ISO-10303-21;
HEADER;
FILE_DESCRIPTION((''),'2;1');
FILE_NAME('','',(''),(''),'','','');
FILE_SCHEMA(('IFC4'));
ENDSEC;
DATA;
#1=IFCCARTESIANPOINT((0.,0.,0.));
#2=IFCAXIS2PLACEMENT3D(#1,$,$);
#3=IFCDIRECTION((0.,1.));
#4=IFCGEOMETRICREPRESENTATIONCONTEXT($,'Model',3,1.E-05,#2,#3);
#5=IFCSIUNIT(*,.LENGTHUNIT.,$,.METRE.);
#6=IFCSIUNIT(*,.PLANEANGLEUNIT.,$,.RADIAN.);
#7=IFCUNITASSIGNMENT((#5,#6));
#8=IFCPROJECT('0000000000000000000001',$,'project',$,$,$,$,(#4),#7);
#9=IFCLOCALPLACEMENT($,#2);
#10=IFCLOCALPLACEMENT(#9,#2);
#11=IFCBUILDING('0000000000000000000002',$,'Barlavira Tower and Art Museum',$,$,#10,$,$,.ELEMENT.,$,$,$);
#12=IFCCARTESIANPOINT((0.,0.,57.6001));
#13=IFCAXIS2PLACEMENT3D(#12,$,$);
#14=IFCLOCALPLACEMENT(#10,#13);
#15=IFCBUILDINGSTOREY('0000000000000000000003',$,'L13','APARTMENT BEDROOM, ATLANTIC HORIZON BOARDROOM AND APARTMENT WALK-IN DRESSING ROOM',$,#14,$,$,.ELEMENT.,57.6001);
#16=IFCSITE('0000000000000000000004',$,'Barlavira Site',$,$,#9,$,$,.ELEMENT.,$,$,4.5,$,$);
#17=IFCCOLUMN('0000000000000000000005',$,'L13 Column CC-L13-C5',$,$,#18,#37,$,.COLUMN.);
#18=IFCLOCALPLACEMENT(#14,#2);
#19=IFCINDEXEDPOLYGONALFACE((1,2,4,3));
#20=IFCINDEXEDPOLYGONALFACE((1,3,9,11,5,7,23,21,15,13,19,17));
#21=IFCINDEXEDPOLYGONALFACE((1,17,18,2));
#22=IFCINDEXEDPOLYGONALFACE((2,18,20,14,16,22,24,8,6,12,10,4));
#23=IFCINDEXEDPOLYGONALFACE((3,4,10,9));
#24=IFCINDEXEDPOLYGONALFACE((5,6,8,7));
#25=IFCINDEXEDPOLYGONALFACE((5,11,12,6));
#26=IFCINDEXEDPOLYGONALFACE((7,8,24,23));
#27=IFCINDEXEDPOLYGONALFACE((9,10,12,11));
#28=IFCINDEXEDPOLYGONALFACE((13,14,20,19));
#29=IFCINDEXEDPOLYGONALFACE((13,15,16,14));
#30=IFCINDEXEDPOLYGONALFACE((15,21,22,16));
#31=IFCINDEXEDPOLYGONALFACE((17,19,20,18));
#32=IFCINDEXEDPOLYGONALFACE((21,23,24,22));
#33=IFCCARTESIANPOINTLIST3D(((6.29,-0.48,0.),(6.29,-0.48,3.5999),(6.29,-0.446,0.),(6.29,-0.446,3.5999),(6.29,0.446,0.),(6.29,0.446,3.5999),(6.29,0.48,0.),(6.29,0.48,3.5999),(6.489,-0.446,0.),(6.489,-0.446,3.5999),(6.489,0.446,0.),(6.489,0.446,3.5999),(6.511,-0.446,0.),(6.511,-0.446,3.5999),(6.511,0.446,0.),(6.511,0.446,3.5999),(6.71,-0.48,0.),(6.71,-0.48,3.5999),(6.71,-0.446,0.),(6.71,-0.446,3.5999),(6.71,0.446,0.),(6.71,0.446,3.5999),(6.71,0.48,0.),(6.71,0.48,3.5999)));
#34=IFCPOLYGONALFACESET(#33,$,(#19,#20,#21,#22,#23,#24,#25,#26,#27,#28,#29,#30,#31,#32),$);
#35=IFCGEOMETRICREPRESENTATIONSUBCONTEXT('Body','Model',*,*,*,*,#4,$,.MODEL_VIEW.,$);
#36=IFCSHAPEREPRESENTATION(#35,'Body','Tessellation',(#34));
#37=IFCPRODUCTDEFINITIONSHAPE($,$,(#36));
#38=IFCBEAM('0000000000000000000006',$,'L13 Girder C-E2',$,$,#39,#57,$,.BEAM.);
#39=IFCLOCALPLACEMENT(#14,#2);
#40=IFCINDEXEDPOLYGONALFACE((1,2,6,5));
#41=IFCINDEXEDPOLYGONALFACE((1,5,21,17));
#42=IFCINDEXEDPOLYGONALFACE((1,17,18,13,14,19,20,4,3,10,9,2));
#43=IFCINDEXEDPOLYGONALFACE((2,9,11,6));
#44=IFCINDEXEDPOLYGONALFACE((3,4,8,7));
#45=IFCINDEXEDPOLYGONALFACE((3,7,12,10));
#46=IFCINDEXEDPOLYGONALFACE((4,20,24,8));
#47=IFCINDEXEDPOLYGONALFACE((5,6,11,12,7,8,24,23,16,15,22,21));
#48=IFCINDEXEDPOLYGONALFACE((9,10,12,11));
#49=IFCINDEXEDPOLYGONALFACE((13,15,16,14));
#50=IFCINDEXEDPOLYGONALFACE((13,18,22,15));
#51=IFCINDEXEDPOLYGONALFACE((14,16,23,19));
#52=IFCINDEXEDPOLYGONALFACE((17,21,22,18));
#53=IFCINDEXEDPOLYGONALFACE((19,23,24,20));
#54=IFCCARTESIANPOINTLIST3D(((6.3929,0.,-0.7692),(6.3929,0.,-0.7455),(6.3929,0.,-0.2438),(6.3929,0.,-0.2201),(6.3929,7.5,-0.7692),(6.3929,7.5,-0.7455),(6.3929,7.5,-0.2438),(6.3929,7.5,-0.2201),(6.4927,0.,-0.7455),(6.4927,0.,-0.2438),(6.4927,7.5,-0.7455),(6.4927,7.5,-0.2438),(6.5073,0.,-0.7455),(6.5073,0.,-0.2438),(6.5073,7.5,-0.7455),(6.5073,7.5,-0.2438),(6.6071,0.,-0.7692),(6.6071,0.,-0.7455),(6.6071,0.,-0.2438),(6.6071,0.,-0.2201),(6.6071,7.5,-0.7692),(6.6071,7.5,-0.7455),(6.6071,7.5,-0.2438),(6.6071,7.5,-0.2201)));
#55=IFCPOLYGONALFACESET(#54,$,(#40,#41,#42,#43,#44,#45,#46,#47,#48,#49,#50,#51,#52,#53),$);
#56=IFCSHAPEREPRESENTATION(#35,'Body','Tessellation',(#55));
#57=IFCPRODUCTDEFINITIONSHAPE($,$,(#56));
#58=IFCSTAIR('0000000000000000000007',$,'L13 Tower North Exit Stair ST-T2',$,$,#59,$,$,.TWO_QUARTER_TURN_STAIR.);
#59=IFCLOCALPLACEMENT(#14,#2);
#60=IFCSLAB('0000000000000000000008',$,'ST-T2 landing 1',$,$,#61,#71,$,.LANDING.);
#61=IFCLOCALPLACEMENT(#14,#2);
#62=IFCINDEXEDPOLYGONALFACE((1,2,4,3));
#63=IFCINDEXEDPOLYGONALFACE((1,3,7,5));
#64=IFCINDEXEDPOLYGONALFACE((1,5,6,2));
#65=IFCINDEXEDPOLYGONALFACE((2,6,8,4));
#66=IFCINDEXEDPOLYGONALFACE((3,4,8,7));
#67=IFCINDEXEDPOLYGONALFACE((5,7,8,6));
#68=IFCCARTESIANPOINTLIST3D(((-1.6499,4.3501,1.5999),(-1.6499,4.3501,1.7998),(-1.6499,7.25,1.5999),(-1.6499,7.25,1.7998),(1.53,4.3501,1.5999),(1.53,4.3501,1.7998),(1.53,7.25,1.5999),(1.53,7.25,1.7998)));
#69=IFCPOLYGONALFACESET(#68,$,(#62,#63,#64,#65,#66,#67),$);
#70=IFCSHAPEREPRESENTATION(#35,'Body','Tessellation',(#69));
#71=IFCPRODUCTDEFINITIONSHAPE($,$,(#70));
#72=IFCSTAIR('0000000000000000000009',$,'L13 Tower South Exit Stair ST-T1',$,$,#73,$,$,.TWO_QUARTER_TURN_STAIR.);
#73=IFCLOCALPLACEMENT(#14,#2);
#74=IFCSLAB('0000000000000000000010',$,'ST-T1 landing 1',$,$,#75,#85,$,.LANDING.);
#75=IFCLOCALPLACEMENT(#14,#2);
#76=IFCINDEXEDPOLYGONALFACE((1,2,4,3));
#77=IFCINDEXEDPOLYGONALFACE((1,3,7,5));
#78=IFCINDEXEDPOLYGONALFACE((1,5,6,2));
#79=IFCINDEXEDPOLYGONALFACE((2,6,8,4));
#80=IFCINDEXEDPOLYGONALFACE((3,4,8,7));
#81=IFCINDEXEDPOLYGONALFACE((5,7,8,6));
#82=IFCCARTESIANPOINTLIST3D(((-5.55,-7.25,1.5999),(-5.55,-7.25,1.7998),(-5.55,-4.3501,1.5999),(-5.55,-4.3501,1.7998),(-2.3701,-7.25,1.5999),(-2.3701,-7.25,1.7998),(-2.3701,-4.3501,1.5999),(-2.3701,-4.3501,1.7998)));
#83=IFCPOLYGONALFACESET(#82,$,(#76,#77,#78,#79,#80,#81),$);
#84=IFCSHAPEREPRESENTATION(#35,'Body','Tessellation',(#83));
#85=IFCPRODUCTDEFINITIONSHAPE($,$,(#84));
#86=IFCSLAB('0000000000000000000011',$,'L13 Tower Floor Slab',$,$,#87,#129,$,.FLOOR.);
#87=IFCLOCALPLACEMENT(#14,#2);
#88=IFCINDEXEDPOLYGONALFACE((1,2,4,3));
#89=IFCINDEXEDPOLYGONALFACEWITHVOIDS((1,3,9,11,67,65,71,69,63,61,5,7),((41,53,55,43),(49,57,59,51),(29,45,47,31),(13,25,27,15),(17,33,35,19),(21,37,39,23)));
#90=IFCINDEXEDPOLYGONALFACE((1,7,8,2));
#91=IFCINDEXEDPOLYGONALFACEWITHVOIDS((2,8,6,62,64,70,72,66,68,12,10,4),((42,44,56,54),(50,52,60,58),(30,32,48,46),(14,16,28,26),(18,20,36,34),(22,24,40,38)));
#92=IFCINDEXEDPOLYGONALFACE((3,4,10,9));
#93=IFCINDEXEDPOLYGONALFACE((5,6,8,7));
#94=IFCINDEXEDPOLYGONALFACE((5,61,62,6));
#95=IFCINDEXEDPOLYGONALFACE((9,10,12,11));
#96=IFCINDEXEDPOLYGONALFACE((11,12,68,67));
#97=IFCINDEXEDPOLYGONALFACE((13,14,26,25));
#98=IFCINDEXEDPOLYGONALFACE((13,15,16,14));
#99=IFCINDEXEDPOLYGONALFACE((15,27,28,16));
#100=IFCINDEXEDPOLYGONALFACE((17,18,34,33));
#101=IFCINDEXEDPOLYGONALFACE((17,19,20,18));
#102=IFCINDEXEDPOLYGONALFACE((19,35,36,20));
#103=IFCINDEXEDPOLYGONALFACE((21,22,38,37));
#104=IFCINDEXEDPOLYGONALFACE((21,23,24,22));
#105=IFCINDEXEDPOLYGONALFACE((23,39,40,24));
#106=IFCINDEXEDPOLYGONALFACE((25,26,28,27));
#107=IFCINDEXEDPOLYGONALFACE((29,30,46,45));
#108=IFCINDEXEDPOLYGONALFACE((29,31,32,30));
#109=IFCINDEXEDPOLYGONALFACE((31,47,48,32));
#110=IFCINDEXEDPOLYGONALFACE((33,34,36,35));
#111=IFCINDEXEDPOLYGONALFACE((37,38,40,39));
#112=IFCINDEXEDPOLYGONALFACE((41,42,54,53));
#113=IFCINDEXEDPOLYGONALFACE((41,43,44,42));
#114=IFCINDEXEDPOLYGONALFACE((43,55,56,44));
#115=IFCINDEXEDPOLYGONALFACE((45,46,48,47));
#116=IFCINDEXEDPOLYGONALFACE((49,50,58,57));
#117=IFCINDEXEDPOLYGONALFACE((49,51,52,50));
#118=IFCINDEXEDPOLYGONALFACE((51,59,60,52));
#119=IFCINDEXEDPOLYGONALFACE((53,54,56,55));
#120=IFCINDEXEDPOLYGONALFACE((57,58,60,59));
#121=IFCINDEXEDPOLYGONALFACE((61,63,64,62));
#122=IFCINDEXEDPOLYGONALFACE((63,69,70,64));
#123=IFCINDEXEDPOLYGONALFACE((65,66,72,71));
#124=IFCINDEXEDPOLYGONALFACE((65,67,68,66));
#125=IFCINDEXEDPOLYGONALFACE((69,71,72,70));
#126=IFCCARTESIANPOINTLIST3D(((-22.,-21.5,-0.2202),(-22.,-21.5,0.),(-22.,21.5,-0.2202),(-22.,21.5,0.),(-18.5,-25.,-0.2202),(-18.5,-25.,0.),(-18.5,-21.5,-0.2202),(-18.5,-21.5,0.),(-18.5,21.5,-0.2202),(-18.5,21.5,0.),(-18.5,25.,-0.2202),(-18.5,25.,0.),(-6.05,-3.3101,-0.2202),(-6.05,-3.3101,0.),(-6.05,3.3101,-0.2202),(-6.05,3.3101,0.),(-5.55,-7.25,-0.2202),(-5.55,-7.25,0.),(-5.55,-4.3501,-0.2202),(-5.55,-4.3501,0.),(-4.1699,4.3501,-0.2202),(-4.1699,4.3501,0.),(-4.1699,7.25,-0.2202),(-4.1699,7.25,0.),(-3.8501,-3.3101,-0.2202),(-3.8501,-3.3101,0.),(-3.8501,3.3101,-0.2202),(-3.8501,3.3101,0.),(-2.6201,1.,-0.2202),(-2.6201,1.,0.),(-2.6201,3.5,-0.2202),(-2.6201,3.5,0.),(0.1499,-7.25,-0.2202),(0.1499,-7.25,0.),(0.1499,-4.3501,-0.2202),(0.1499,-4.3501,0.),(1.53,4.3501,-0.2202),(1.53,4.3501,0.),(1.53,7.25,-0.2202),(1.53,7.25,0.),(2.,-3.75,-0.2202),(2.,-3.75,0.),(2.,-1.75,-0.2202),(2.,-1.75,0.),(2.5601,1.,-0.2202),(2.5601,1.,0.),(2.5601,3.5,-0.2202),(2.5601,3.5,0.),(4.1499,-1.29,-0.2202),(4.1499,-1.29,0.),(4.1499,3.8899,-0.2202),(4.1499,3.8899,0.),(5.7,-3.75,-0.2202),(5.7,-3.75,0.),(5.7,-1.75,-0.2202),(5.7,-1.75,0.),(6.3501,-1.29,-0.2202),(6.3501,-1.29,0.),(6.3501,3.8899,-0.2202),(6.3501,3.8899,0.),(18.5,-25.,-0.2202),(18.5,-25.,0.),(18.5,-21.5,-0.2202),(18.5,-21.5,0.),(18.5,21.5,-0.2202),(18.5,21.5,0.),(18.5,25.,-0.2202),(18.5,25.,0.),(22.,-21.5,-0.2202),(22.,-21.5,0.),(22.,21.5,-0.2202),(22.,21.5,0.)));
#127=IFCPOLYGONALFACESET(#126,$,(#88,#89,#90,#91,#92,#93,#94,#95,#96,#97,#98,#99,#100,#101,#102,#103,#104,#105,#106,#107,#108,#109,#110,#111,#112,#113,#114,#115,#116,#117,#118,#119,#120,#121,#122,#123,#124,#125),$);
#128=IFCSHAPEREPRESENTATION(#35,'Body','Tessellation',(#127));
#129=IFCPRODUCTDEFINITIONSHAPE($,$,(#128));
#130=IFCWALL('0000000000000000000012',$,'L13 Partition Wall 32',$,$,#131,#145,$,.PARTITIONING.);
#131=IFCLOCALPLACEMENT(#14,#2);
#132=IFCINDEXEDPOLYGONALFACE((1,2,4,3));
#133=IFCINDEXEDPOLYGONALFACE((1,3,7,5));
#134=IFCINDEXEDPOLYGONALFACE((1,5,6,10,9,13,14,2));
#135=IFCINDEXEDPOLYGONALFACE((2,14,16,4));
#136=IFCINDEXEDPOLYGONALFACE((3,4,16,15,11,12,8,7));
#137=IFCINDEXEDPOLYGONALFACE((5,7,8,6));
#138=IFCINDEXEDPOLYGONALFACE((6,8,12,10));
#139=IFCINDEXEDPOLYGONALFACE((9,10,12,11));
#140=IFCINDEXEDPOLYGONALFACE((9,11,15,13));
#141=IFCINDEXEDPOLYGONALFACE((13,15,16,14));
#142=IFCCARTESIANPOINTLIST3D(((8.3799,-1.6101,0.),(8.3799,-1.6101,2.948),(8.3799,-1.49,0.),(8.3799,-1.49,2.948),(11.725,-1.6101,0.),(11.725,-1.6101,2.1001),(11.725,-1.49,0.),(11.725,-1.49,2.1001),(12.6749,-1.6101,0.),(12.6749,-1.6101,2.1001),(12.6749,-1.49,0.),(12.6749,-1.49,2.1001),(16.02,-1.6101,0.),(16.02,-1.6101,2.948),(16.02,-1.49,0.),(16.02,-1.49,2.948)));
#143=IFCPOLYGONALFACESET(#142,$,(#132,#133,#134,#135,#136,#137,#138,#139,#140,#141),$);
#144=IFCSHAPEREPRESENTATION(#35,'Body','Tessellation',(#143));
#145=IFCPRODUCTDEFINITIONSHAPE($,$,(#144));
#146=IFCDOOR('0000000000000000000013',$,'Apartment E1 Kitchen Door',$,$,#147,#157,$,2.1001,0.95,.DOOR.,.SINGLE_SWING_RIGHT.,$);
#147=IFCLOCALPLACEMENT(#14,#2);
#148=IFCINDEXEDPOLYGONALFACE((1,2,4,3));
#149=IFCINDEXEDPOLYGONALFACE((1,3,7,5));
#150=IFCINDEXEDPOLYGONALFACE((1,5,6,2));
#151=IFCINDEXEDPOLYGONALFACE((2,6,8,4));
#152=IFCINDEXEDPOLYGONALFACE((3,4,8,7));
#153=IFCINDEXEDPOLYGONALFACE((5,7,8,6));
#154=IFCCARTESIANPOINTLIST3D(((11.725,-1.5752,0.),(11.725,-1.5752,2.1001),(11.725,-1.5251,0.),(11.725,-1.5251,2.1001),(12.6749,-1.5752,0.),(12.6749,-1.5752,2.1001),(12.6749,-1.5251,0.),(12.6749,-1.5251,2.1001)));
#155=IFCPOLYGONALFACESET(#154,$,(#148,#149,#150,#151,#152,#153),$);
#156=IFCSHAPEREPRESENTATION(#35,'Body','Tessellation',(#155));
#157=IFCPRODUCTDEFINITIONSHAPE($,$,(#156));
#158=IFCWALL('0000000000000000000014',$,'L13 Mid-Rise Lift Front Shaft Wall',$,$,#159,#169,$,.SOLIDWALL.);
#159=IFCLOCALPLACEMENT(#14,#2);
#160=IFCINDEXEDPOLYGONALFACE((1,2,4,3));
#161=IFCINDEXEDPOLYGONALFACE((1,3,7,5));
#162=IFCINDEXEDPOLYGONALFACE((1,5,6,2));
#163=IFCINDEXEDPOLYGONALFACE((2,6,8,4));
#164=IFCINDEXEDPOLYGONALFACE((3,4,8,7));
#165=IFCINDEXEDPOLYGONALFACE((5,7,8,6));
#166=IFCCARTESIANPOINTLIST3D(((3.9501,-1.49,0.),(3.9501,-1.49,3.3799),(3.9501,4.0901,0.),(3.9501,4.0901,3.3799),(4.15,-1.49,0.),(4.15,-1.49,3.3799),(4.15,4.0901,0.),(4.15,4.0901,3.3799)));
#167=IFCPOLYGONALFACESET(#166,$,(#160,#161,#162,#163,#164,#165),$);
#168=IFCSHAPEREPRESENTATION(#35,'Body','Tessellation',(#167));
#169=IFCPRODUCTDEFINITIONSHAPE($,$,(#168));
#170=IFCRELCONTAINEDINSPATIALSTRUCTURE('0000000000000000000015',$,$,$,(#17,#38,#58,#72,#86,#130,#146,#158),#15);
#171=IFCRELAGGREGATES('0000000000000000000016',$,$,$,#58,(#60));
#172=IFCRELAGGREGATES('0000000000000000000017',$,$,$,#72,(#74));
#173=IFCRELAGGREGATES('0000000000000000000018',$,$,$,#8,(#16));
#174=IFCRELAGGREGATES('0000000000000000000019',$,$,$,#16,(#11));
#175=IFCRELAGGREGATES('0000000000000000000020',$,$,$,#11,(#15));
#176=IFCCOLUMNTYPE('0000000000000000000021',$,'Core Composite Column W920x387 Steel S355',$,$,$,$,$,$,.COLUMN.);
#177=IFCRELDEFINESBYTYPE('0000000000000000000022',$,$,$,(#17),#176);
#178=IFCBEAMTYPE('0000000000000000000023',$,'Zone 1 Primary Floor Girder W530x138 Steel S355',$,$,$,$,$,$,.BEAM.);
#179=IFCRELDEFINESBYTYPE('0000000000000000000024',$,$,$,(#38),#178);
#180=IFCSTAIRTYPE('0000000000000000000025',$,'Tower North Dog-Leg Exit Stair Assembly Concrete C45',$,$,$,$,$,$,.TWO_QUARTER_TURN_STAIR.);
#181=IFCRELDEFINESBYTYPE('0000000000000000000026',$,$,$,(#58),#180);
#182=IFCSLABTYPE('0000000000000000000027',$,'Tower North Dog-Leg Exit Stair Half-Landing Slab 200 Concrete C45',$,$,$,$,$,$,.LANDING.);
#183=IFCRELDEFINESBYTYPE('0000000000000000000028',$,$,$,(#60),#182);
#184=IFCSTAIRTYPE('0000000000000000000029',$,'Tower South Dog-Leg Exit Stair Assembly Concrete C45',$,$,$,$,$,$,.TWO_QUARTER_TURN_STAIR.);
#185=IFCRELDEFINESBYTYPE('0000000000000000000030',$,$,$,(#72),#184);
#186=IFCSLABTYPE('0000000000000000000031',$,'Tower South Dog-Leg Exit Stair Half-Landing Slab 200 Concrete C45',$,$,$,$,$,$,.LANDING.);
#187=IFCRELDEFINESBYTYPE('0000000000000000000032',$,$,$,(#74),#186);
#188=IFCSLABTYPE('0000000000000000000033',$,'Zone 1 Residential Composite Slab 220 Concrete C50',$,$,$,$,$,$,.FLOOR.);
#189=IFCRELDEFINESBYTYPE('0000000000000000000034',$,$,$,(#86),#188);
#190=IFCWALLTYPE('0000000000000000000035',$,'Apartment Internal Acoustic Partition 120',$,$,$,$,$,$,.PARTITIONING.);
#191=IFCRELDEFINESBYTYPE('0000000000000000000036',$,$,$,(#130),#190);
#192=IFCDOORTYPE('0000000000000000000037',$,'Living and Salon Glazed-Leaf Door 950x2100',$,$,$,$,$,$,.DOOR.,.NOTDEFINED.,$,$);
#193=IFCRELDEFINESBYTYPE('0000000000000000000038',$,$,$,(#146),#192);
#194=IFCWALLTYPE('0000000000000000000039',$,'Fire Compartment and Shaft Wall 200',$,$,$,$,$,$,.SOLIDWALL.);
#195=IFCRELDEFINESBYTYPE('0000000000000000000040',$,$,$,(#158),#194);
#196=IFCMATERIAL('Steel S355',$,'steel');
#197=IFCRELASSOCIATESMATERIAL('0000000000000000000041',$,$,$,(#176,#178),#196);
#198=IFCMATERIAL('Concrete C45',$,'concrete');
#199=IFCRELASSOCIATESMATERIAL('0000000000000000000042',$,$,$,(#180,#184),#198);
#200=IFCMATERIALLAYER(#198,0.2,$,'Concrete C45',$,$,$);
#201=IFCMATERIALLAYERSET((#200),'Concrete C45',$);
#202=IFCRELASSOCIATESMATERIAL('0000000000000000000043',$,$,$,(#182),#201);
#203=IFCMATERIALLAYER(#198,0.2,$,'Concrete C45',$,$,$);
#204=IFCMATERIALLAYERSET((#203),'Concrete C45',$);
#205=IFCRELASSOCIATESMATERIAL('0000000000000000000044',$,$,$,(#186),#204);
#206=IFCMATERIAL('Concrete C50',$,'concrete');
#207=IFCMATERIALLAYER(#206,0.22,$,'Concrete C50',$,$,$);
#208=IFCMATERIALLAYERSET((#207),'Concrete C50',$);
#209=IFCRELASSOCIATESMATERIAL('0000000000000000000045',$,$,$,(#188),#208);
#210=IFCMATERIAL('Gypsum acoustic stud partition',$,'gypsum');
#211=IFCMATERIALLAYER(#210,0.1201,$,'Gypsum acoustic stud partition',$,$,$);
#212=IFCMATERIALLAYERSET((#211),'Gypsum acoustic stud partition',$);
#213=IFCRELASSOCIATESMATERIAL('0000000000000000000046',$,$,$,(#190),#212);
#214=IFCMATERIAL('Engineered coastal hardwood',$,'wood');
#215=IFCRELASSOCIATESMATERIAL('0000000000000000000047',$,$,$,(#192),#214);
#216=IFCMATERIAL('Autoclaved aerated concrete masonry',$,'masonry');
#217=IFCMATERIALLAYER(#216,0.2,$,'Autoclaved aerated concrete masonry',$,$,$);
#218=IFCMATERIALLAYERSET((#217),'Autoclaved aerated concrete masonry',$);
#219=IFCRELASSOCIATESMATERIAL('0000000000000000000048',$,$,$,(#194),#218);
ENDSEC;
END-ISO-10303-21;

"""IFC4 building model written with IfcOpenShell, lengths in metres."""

from ifc_helpers import new_model, si_unit, direction, frame, frame_2d, origin, origin_2d, place, context, subcontext, project, spatial, polyline, rectangle, i_section, outline, extrude, material, layer, layer_set, material_profile, profile_set, type_object, element, fill, aggregate, save


model = new_model("IFC4")

# Units and contexts
model_context = context("Model", 3, precision=1e-05, world=origin(), true_north=direction((0.0, 1.0)))
body_context = subcontext(model_context, "Body", "Model", "MODEL_VIEW")
ifc_project = project(units=[si_unit("LENGTHUNIT", "METRE"), si_unit("PLANEANGLEUNIT", "RADIAN")], contexts=[model_context])

# Site, building, storey
site_placement = place(None, origin())
site = spatial("IfcSite", under=ifc_project, at=site_placement, Name="Barlavira Site", CompositionType="ELEMENT", RefElevation=4.5)
building_placement = place(site_placement, origin())
building = spatial("IfcBuilding", under=site, at=building_placement, Name="Barlavira Tower and Art Museum", CompositionType="ELEMENT")
storey_placement = place(building_placement, frame((0.0, 0.0, 57.6001)))
storey = spatial("IfcBuildingStorey", under=building, at=storey_placement, Name="L13", Description="APARTMENT BEDROOM, ATLANTIC HORIZON BOARDROOM AND APARTMENT WALK-IN DRESSING ROOM", CompositionType="ELEMENT", Elevation=57.6001)

# Column
ifc_material_1 = material(Name="Steel S355", Category="steel")
ifc_material_profile_1 = material_profile(ifc_material_1, i_section(OverallWidth=0.4199, OverallDepth=0.96, WebThickness=0.022, FlangeThickness=0.0339, at=origin_2d()), Name="W920x387.0")
ifc_profile_set_1 = profile_set([ifc_material_profile_1], Name="Steel S355")
column_type = type_object("IfcColumnType", Name="Core Composite Column W920x387 Steel S355", PredefinedType="COLUMN", material=ifc_profile_set_1)
column_placement = place(storey_placement, frame((6.5, 0.0, 0.0), z_axis=(0.0, 0.0, 1.0), x_axis=(1.0, 0.0, 0.0)))
element("IfcColumn", 1, at=column_placement, inside=storey, type_object=column_type, Name="L13 Column CC-L13-C5", PredefinedType="COLUMN", context=body_context, shape_type="SweptSolid", body=[
    extrude(i_section(OverallWidth=0.4199, OverallDepth=0.96, WebThickness=0.022, FlangeThickness=0.0339, at=origin_2d()), origin(), (0.0, 0.0, 1.0), 3.5999),
])

# Beam
ifc_material_profile_2 = material_profile(ifc_material_1, i_section(OverallWidth=0.2141, OverallDepth=0.5491, WebThickness=0.0146, FlangeThickness=0.0237, at=origin_2d()), Name="W530x138.0")
ifc_profile_set_2 = profile_set([ifc_material_profile_2], Name="Steel S355")
beam_type = type_object("IfcBeamType", Name="Zone 1 Primary Floor Girder W530x138 Steel S355", PredefinedType="BEAM", material=ifc_profile_set_2)
beam_placement = place(storey_placement, frame((6.5, 0.0, -0.4946), z_axis=(0.0, 1.0, 0.0), x_axis=(-1.0, 0.0, 0.0)))
element("IfcBeam", 2, at=beam_placement, inside=storey, type_object=beam_type, Name="L13 Girder C-E2", PredefinedType="BEAM", context=body_context, shape_type="SweptSolid", body=[
    extrude(i_section(OverallWidth=0.2141, OverallDepth=0.5491, WebThickness=0.0146, FlangeThickness=0.0237, at=origin_2d()), origin(), (0.0, 0.0, 1.0), 7.5),
])

# Stairs, slabs
ifc_material_2 = material(Name="Concrete C45", Category="concrete")
stair_type_1 = type_object("IfcStairType", Name="Tower North Dog-Leg Exit Stair Assembly Concrete C45", PredefinedType="TWO_QUARTER_TURN_STAIR", material=ifc_material_2)
stair_1_placement = place(storey_placement, origin())
stair_1 = element("IfcStair", 3, at=stair_1_placement, inside=storey, type_object=stair_type_1, Name="L13 Tower North Exit Stair ST-T2", PredefinedType="TWO_QUARTER_TURN_STAIR")
ifc_layer_1 = layer(ifc_material_2, 0.2, Name="Concrete C45")
ifc_layer_set_1 = layer_set([ifc_layer_1], Name="Concrete C45")
slab_type_1 = type_object("IfcSlabType", Name="Tower North Dog-Leg Exit Stair Half-Landing Slab 200 Concrete C45", PredefinedType="LANDING", material=ifc_layer_set_1)
slab_1_placement = place(storey_placement, frame((0.0, 0.0, 1.5999)))
slab_1 = element("IfcSlab", 4, at=slab_1_placement, type_object=slab_type_1, Name="ST-T2 landing 1", PredefinedType="LANDING", context=body_context, shape_type="SweptSolid", body=[
    extrude(outline(polyline([(-1.6499, 4.3501), (1.53, 4.3501), (1.53, 7.25), (-1.6499, 7.25), (-1.6499, 4.3501)])), origin(), (0.0, 0.0, 1.0), 0.2),
])
aggregate(stair_1, [slab_1])
stair_type_2 = type_object("IfcStairType", Name="Tower South Dog-Leg Exit Stair Assembly Concrete C45", PredefinedType="TWO_QUARTER_TURN_STAIR", material=ifc_material_2)
stair_2_placement = place(storey_placement, origin())
stair_2 = element("IfcStair", 5, at=stair_2_placement, inside=storey, type_object=stair_type_2, Name="L13 Tower South Exit Stair ST-T1", PredefinedType="TWO_QUARTER_TURN_STAIR")
ifc_layer_2 = layer(ifc_material_2, 0.2, Name="Concrete C45")
ifc_layer_set_2 = layer_set([ifc_layer_2], Name="Concrete C45")
slab_type_2 = type_object("IfcSlabType", Name="Tower South Dog-Leg Exit Stair Half-Landing Slab 200 Concrete C45", PredefinedType="LANDING", material=ifc_layer_set_2)
slab_2_placement = place(storey_placement, frame((0.0, 0.0, 1.5999)))
slab_2 = element("IfcSlab", 6, at=slab_2_placement, type_object=slab_type_2, Name="ST-T1 landing 1", PredefinedType="LANDING", context=body_context, shape_type="SweptSolid", body=[
    extrude(outline(polyline([(-2.3701, -4.3501), (-5.55, -4.3501), (-5.55, -7.25), (-2.3701, -7.25), (-2.3701, -4.3501)])), origin(), (0.0, 0.0, 1.0), 0.2),
])

# Slab
ifc_material_3 = material(Name="Concrete C50", Category="concrete")
ifc_layer_3 = layer(ifc_material_3, 0.22, Name="Concrete C50")
ifc_layer_set_3 = layer_set([ifc_layer_3], Name="Concrete C50")
slab_type_3 = type_object("IfcSlabType", Name="Zone 1 Residential Composite Slab 220 Concrete C50", PredefinedType="FLOOR", material=ifc_layer_set_3)
slab_3_placement = place(storey_placement, frame((0.0, 0.0, -0.2202)))
element("IfcSlab", 7, at=slab_3_placement, inside=storey, type_object=slab_type_3, Name="L13 Tower Floor Slab", PredefinedType="FLOOR", context=body_context, shape_type="SweptSolid", body=[
    extrude(outline(polyline([(-18.5, -25.0), (18.5, -25.0), (18.5, -21.5), (22.0, -21.5), (22.0, 21.5), (18.5, 21.5), (18.5, 25.0), (-18.5, 25.0), (-18.5, 21.5), (-22.0, 21.5), (-22.0, -21.5), (-18.5, -21.5), (-18.5, -25.0)]), holes=[polyline([(0.1499, -4.3501), (-5.55, -4.3501), (-5.55, -7.25), (0.1499, -7.25), (0.1499, -4.3501)]), polyline([(-4.1699, 4.3501), (1.53, 4.3501), (1.53, 7.25), (-4.1699, 7.25), (-4.1699, 4.3501)]), polyline([(-6.05, -3.3101), (-3.8501, -3.3101), (-3.8501, 3.3101), (-6.05, 3.3101), (-6.05, -3.3101)]), polyline([(4.1499, -1.29), (6.3501, -1.29), (6.3501, 3.8899), (4.1499, 3.8899), (4.1499, -1.29)]), polyline([(-2.6201, 1.0), (2.5601, 1.0), (2.5601, 3.5), (-2.6201, 3.5), (-2.6201, 1.0)]), polyline([(2.0, -3.75), (5.7, -3.75), (5.7, -1.75), (2.0, -1.75), (2.0, -3.75)])]), origin(), (0.0, 0.0, 1.0), 0.2202),
])

# Wall, opening, door
ifc_material_4 = material(Name="Gypsum acoustic stud partition", Category="gypsum")
ifc_layer_4 = layer(ifc_material_4, 0.1201, Name="Gypsum acoustic stud partition")
ifc_layer_set_4 = layer_set([ifc_layer_4], Name="Gypsum acoustic stud partition")
wall_type_1 = type_object("IfcWallType", Name="Apartment Internal Acoustic Partition 120", PredefinedType="PARTITIONING", material=ifc_layer_set_4)
wall_1_placement = place(storey_placement, frame((8.3799, -1.55, 0.0), z_axis=(0.0, 0.0, 1.0), x_axis=(1.0, 0.0, 0.0)))
wall_1 = element("IfcWall", 8, at=wall_1_placement, inside=storey, type_object=wall_type_1, Name="L13 Partition Wall 32", PredefinedType="PARTITIONING", context=body_context, shape_type="SweptSolid", body=[
    extrude(rectangle(XDim=7.6401, YDim=0.1201, at=frame_2d((3.8201, 0.0))), origin(), (0.0, 0.0, 1.0), 2.948),
])
opening_1_placement = place(wall_1_placement, frame((3.345, 0.0, 0.0)))
opening_1 = element("IfcOpeningElement", 9, at=opening_1_placement, cuts=wall_1, PredefinedType="OPENING", context=body_context, shape_type="SweptSolid", body=[
    extrude(rectangle(XDim=0.95, YDim=2.1001, at=frame_2d((0.4751, 1.05))), frame((0.0, 0.0701, 0.0), z_axis=(0.0, -1.0, 0.0), x_axis=(1.0, 0.0, 0.0)), (0.0, 0.0, 1.0), 0.1401),
])
ifc_material_5 = material(Name="Engineered coastal hardwood", Category="wood")
door_type_1 = type_object("IfcDoorType", Name="Living and Salon Glazed-Leaf Door 950x2100", OperationType="NOTDEFINED", PredefinedType="DOOR", material=ifc_material_5)
door_1_placement = place(opening_1_placement, origin())
door_1 = element("IfcDoor", 10, at=door_1_placement, inside=storey, type_object=door_type_1, Name="Apartment E1 Kitchen Door", OperationType="SINGLE_SWING_RIGHT", OverallHeight=2.1001, OverallWidth=0.95, PredefinedType="DOOR", context=body_context, shape_type="SweptSolid", body=[
    extrude(rectangle(XDim=0.95, YDim=2.1001, at=frame_2d((0.4751, 1.05))), frame((0.0, 0.0249, 0.0), z_axis=(0.0, -1.0, 0.0), x_axis=(1.0, 0.0, 0.0)), (0.0, 0.0, 1.0), 0.05),
])
fill(opening_1, door_1)

# Wall
ifc_material_6 = material(Name="Autoclaved aerated concrete masonry", Category="masonry")
ifc_layer_5 = layer(ifc_material_6, 0.2, Name="Autoclaved aerated concrete masonry")
ifc_layer_set_5 = layer_set([ifc_layer_5], Name="Autoclaved aerated concrete masonry")
wall_type_2 = type_object("IfcWallType", Name="Fire Compartment and Shaft Wall 200", PredefinedType="SOLIDWALL", material=ifc_layer_set_5)
wall_2_placement = place(storey_placement, frame((4.05, -1.49, 0.0), z_axis=(0.0, 0.0, 1.0), x_axis=(0.0, 1.0, 0.0)))
element("IfcWall", 11, at=wall_2_placement, inside=storey, type_object=wall_type_2, Name="L13 Mid-Rise Lift Front Shaft Wall", PredefinedType="SOLIDWALL", context=body_context, shape_type="SweptSolid", body=[
    extrude(rectangle(XDim=5.5801, YDim=0.2, at=frame_2d((2.79, 0.0))), origin(), (0.0, 0.0, 1.0), 3.3799),
])

aggregate(stair_2, [slab_2])

save(model, "model.ifc")
